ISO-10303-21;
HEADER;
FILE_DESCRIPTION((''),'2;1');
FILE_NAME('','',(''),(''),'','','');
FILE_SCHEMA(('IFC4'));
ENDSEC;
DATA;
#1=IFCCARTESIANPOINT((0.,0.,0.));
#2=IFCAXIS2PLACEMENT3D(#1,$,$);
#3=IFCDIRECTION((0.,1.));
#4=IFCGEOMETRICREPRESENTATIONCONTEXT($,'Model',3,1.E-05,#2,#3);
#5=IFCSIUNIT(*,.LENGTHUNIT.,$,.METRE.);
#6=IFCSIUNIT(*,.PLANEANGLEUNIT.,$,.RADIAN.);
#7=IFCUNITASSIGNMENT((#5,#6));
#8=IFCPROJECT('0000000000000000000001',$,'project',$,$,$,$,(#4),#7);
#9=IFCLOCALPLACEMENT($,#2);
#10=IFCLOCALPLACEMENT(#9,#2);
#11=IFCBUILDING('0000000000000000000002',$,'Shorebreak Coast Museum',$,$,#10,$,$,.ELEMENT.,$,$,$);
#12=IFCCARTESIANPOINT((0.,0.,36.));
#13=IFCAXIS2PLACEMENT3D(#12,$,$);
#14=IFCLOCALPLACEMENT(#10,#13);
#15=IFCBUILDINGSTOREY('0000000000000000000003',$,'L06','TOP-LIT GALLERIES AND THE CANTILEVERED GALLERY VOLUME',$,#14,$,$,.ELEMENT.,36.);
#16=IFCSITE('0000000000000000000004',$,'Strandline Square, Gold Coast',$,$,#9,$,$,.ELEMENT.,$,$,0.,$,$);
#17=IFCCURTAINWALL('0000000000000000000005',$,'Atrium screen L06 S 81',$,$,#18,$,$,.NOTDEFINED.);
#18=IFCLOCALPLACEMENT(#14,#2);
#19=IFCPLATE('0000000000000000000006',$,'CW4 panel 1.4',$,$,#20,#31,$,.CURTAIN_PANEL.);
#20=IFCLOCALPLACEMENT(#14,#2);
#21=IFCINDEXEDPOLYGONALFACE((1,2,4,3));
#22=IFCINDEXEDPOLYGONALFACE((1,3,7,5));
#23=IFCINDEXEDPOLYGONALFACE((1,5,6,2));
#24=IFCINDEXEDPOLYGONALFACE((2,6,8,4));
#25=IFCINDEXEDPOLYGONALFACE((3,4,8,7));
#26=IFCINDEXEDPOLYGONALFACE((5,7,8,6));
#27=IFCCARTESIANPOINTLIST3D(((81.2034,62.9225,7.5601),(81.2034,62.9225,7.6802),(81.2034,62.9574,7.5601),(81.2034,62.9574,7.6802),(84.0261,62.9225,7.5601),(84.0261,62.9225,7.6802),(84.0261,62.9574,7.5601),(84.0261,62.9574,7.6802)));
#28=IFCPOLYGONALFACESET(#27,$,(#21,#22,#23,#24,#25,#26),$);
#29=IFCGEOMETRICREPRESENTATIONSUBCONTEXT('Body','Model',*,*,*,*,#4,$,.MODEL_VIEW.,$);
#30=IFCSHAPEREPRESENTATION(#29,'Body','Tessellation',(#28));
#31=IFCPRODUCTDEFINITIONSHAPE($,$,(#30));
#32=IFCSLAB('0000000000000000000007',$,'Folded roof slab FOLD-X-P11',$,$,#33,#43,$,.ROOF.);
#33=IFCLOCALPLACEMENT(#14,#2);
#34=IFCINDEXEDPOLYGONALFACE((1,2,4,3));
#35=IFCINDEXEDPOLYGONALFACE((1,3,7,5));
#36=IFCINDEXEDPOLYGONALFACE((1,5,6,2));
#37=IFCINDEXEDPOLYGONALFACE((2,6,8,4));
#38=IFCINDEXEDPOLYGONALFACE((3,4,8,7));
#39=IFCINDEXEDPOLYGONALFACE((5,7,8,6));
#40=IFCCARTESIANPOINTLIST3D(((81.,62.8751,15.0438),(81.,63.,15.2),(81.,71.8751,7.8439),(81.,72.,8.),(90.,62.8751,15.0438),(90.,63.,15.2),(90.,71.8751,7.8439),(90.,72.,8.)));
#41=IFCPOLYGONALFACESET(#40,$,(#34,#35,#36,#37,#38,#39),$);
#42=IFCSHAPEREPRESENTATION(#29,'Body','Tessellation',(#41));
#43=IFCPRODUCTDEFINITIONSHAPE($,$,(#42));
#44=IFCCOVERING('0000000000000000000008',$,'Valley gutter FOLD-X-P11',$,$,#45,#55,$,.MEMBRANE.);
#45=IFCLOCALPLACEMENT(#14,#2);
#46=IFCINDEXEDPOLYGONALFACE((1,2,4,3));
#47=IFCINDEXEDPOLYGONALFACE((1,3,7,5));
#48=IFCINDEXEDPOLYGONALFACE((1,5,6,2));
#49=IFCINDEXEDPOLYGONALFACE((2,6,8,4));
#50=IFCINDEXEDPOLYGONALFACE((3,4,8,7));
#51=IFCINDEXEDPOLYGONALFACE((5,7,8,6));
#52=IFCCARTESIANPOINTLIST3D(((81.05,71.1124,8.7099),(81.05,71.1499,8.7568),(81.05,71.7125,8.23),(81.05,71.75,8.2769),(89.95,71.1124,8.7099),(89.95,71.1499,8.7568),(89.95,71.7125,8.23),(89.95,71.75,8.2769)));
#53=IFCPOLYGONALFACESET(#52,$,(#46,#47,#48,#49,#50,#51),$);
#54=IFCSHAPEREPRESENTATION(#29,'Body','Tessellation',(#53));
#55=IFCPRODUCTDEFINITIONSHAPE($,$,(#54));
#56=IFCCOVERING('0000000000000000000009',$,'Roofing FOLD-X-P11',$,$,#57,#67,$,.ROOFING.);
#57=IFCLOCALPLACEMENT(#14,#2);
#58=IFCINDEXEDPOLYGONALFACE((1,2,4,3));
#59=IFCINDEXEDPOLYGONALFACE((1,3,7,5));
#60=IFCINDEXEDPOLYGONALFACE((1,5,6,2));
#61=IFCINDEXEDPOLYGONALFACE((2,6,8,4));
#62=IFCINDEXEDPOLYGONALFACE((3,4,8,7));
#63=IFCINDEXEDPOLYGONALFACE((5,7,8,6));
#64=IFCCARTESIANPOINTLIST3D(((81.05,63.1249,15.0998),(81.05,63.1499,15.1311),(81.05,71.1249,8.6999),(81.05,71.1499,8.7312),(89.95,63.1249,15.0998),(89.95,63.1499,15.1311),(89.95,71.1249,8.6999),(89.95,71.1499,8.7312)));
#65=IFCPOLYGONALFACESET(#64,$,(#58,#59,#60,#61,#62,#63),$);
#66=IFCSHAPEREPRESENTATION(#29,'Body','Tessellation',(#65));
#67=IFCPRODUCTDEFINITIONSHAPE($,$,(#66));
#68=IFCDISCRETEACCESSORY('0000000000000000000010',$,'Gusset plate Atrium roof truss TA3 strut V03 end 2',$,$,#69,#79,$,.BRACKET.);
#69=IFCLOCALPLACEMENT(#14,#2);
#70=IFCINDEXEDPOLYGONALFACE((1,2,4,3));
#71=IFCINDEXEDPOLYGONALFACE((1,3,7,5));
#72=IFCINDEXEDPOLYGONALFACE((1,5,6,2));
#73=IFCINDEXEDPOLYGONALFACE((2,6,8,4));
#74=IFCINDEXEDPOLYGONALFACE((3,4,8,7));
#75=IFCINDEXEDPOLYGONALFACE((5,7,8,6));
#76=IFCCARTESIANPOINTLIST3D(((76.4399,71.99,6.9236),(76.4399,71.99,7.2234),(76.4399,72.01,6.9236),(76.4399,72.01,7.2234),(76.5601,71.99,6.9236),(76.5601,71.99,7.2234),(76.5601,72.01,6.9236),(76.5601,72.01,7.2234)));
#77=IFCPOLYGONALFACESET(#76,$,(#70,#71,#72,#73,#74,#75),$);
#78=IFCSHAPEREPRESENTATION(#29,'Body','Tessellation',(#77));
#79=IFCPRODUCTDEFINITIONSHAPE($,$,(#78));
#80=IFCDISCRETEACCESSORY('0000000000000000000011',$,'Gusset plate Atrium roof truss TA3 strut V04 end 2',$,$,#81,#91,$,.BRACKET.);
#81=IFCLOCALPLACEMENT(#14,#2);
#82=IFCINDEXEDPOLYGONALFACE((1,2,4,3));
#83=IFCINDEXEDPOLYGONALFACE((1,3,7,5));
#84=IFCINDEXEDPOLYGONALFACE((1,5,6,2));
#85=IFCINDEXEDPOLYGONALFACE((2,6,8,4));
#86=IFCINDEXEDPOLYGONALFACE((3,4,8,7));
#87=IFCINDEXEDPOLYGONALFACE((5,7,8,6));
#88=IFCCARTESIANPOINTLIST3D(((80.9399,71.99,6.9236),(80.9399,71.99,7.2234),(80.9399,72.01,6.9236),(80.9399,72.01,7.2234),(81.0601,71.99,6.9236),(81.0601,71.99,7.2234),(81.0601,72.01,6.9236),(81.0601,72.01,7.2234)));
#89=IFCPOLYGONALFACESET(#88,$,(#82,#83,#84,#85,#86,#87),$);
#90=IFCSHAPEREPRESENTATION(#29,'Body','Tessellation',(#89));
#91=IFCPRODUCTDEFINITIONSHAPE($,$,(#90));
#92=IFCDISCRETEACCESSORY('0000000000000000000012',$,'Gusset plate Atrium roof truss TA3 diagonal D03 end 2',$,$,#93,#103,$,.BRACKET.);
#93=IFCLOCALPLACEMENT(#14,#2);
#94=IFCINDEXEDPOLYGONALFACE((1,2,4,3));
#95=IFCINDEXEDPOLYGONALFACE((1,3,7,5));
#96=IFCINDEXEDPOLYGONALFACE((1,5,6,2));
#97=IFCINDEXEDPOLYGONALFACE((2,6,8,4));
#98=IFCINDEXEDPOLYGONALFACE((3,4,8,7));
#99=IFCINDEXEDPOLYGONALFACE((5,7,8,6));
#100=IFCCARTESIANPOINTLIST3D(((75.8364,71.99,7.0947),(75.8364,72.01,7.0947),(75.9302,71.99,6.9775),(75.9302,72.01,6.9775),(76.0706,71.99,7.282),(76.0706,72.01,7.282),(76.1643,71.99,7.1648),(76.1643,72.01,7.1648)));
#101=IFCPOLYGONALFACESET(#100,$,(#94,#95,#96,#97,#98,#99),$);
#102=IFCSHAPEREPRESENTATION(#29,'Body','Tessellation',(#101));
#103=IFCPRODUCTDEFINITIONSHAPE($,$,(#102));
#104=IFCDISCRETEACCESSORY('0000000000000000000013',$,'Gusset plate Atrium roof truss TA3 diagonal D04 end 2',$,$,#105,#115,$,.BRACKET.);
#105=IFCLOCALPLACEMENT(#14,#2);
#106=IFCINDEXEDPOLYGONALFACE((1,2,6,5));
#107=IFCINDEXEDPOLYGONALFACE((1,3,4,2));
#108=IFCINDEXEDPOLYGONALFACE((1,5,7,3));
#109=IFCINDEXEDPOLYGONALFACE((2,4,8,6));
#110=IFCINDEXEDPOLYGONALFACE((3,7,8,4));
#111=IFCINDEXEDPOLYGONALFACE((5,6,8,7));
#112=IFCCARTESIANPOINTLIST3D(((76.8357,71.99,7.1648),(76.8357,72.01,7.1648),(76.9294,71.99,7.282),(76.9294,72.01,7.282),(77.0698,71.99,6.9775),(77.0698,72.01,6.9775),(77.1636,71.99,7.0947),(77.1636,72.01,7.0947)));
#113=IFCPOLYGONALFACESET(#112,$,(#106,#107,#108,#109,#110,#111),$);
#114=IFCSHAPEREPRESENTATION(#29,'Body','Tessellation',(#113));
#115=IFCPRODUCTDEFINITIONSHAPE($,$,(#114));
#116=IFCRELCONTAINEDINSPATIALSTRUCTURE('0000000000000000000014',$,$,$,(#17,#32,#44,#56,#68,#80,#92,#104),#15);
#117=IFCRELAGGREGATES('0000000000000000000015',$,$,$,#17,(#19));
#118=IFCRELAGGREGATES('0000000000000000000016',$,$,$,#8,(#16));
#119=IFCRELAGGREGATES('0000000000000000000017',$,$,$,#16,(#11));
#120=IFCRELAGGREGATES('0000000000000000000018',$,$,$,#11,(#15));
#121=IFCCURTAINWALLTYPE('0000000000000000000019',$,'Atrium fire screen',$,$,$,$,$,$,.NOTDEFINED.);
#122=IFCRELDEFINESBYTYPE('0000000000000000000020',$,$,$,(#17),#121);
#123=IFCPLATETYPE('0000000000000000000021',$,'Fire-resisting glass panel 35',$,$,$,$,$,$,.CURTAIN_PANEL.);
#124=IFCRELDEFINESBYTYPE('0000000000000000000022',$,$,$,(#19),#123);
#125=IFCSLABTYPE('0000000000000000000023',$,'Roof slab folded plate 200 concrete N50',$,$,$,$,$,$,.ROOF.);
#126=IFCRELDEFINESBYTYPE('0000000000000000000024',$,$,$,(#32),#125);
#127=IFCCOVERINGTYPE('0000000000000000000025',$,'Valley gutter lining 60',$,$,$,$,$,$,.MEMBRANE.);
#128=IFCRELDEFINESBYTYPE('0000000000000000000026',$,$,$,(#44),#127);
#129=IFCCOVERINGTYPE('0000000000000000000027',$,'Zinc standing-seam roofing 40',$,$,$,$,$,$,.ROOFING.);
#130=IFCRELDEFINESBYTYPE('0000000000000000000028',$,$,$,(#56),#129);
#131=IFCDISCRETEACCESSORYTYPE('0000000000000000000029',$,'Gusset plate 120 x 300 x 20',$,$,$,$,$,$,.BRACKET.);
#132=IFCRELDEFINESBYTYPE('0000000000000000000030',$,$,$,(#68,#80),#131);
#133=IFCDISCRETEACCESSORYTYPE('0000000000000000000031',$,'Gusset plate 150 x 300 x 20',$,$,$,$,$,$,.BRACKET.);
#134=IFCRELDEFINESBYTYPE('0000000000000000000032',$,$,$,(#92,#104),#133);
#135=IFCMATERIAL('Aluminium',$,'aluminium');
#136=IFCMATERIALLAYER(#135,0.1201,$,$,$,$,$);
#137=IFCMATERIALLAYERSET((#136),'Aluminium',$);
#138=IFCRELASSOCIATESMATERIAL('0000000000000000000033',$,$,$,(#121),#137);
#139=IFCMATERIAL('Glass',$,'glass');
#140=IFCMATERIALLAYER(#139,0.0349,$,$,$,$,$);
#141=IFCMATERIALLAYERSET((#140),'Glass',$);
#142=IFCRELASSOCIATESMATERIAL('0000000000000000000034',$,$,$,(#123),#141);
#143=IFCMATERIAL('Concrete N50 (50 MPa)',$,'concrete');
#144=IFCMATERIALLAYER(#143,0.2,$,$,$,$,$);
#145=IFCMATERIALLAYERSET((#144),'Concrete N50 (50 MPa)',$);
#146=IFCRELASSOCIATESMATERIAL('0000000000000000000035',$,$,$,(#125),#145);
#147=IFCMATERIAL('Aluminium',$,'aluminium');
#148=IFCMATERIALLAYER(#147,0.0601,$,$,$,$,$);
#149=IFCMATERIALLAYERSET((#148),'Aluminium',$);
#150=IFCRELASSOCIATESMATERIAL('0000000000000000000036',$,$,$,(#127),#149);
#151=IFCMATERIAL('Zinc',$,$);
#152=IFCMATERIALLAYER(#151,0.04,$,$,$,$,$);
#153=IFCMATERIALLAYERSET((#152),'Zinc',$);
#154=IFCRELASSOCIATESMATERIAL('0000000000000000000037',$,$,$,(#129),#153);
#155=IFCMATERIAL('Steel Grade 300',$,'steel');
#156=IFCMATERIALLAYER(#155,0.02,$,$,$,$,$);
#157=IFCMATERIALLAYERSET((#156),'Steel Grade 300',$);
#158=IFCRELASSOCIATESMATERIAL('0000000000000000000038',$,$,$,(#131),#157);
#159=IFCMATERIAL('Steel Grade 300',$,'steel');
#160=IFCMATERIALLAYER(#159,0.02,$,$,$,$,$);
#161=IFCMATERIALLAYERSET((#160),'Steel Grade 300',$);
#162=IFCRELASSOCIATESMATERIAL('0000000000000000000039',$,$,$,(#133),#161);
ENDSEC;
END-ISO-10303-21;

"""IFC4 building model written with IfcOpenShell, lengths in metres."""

from ifc_helpers import new_model, si_unit, direction, frame, origin, origin_2d, place, context, subcontext, project, spatial, polyline, rectangle, outline, extrude, material, layer, layer_set, type_object, element, aggregate, save


model = new_model("IFC4")

# Units and contexts
model_context = context("Model", 3, precision=1e-05, world=origin(), true_north=direction((0.0, 1.0)))
body_context = subcontext(model_context, "Body", "Model", "MODEL_VIEW")
ifc_project = project(units=[si_unit("LENGTHUNIT", "METRE"), si_unit("PLANEANGLEUNIT", "RADIAN")], contexts=[model_context])

# Site, building, storey
site_placement = place(None, origin())
site = spatial("IfcSite", under=ifc_project, at=site_placement, Name="Strandline Square, Gold Coast", CompositionType="ELEMENT", RefElevation=0.0)
building_placement = place(site_placement, origin())
building = spatial("IfcBuilding", under=site, at=building_placement, Name="Shorebreak Coast Museum", CompositionType="ELEMENT")
storey_placement = place(building_placement, frame((0.0, 0.0, 36.0)))
storey = spatial("IfcBuildingStorey", under=building, at=storey_placement, Name="L06", Description="TOP-LIT GALLERIES AND THE CANTILEVERED GALLERY VOLUME", CompositionType="ELEMENT", Elevation=36.0)

# Curtain wall
ifc_material_1 = material(Name="Aluminium", Category="aluminium")
ifc_layer_1 = layer(ifc_material_1, 0.1201)
ifc_layer_set_1 = layer_set([ifc_layer_1], Name="Aluminium")
curtain_wall_type = type_object("IfcCurtainWallType", Name="Atrium fire screen", PredefinedType="NOTDEFINED", material=ifc_layer_set_1)
curtain_wall_1_placement = place(storey_placement, origin())
curtain_wall_1 = element("IfcCurtainWall", 1, at=curtain_wall_1_placement, inside=storey, type_object=curtain_wall_type, Name="Atrium screen L06 S 81", PredefinedType="NOTDEFINED")

# Plate
ifc_material_2 = material(Name="Glass", Category="glass")
ifc_layer_2 = layer(ifc_material_2, 0.0349)
ifc_layer_set_2 = layer_set([ifc_layer_2], Name="Glass")
plate_type = type_object("IfcPlateType", Name="Fire-resisting glass panel 35", PredefinedType="CURTAIN_PANEL", material=ifc_layer_set_2)
plate_1_placement = place(storey_placement, frame((82.6147, 62.9399, 7.5601), z_axis=(0.0, 0.0, 1.0), x_axis=(1.0, 0.0, 0.0)))
plate_1 = element("IfcPlate", 2, at=plate_1_placement, type_object=plate_type, Name="CW4 panel 1.4", PredefinedType="CURTAIN_PANEL", context=body_context, shape_type="SweptSolid", body=[
    extrude(rectangle(XDim=2.8228, YDim=0.0349, at=origin_2d()), origin(), (0.0, 0.0, 1.0), 0.1201),
])
aggregate(curtain_wall_1, [plate_1])

# Slab
ifc_material_3 = material(Name="Concrete N50 (50 MPa)", Category="concrete")
ifc_layer_3 = layer(ifc_material_3, 0.2)
ifc_layer_set_3 = layer_set([ifc_layer_3], Name="Concrete N50 (50 MPa)")
slab_type = type_object("IfcSlabType", Name="Roof slab folded plate 200 concrete N50", PredefinedType="ROOF", material=ifc_layer_set_3)
slab_placement = place(storey_placement, frame((81.0, 63.0, 15.2), z_axis=(0.0, 0.624692, 0.780871), x_axis=(1.0, 0.0, 0.0)))
element("IfcSlab", 3, at=slab_placement, inside=storey, type_object=slab_type, Name="Folded roof slab FOLD-X-P11", PredefinedType="ROOF", context=body_context, shape_type="SweptSolid", body=[
    extrude(outline(polyline([(0.0, 0.0), (9.0, 0.0), (9.0, 11.5256), (0.0, 11.5256), (0.0, 0.0)])), origin(), (0.0, 0.0, -1.0), 0.2),
])

# Coverings
ifc_material_4 = material(Name="Aluminium", Category="aluminium")
ifc_layer_4 = layer(ifc_material_4, 0.0601)
ifc_layer_set_4 = layer_set([ifc_layer_4], Name="Aluminium")
covering_type_1 = type_object("IfcCoveringType", Name="Valley gutter lining 60", PredefinedType="MEMBRANE", material=ifc_layer_set_4)
covering_1_placement = place(storey_placement, frame((81.05, 71.1499, 8.7568), z_axis=(0.0, 0.624618, 0.780931), x_axis=(1.0, 0.0, 0.0)))
element("IfcCovering", 4, at=covering_1_placement, inside=storey, type_object=covering_type_1, Name="Valley gutter FOLD-X-P11", PredefinedType="MEMBRANE", context=body_context, shape_type="SweptSolid", body=[
    extrude(outline(polyline([(0.0, 0.0), (8.8999, 0.0), (8.8999, 0.7684), (0.0, 0.7684), (0.0, 0.0)])), origin(), (0.0, 0.0, -1.0), 0.0601),
])
ifc_material_5 = material(Name="Zinc")
ifc_layer_5 = layer(ifc_material_5, 0.04)
ifc_layer_set_5 = layer_set([ifc_layer_5], Name="Zinc")
covering_type_2 = type_object("IfcCoveringType", Name="Zinc standing-seam roofing 40", PredefinedType="ROOFING", material=ifc_layer_set_5)
covering_2_placement = place(storey_placement, frame((81.05, 63.1499, 15.1311), z_axis=(0.0, 0.624689, 0.780873), x_axis=(1.0, 0.0, 0.0)))
element("IfcCovering", 5, at=covering_2_placement, inside=storey, type_object=covering_type_2, Name="Roofing FOLD-X-P11", PredefinedType="ROOFING", context=body_context, shape_type="SweptSolid", body=[
    extrude(outline(polyline([(0.0, 0.0), (8.8999, 0.0), (8.8999, 10.2449), (0.0, 10.2449), (0.0, 0.0)])), origin(), (0.0, 0.0, -1.0), 0.04),
])

# Discrete accessories
ifc_material_6 = material(Name="Steel Grade 300", Category="steel")
ifc_layer_6 = layer(ifc_material_6, 0.02)
ifc_layer_set_6 = layer_set([ifc_layer_6], Name="Steel Grade 300")
discrete_accessory_type_1 = type_object("IfcDiscreteAccessoryType", Name="Gusset plate 120 x 300 x 20", PredefinedType="BRACKET", material=ifc_layer_set_6)
for number, where, z_axis, x_axis, name in (
    (6, (76.4399, 71.99, 6.9236), (0.0, -1.0, 0.0), (1.0, 0.0, 0.0), "Gusset plate Atrium roof truss TA3 strut V03 end 2"),
    (7, (80.9399, 71.99, 6.9236), (0.0, -1.0, 0.0), (1.0, 0.0, 0.0), "Gusset plate Atrium roof truss TA3 strut V04 end 2"),
):
    element("IfcDiscreteAccessory", number, at=place(storey_placement, frame(where, z_axis=z_axis, x_axis=x_axis)), inside=storey, type_object=discrete_accessory_type_1, Name=name, PredefinedType="BRACKET", context=body_context, shape_type="SweptSolid", body=[
        extrude(outline(polyline([(0.0, 0.0), (0.1201, 0.0), (0.1201, 0.2998), (0.0, 0.2998), (0.0, 0.0)])), origin(), (0.0, 0.0, -1.0), 0.02),
    ])
ifc_material_7 = material(Name="Steel Grade 300", Category="steel")
ifc_layer_7 = layer(ifc_material_7, 0.02)
ifc_layer_set_7 = layer_set([ifc_layer_7], Name="Steel Grade 300")
discrete_accessory_type_2 = type_object("IfcDiscreteAccessoryType", Name="Gusset plate 150 x 300 x 20", PredefinedType="BRACKET", material=ifc_layer_set_7)
discrete_accessory_1_placement = place(storey_placement, frame((75.8364, 71.99, 7.0947), z_axis=(0.0, -1.0, 0.0), x_axis=(0.624695, 0.0, -0.780869)))
element("IfcDiscreteAccessory", 8, at=discrete_accessory_1_placement, inside=storey, type_object=discrete_accessory_type_2, Name="Gusset plate Atrium roof truss TA3 diagonal D03 end 2", PredefinedType="BRACKET", context=body_context, shape_type="SweptSolid", body=[
    extrude(outline(polyline([(0.0, 0.0), (0.1501, 0.0), (0.1501, 0.2998), (0.0, 0.2998), (0.0, 0.0)])), origin(), (0.0, 0.0, -1.0), 0.02),
])
discrete_accessory_2_placement = place(storey_placement, frame((77.0698, 71.99, 6.9775), z_axis=(0.0, -1.0, 0.0), x_axis=(0.624695, 0.0, 0.780869)))
element("IfcDiscreteAccessory", 9, at=discrete_accessory_2_placement, inside=storey, type_object=discrete_accessory_type_2, Name="Gusset plate Atrium roof truss TA3 diagonal D04 end 2", PredefinedType="BRACKET", context=body_context, shape_type="SweptSolid", body=[
    extrude(outline(polyline([(0.0, 0.0), (0.1501, 0.0), (0.15, 0.2998), (0.0, 0.2998), (0.0, 0.0)])), origin(), (0.0, 0.0, -1.0), 0.02),
])

save(model, "model.ifc")
